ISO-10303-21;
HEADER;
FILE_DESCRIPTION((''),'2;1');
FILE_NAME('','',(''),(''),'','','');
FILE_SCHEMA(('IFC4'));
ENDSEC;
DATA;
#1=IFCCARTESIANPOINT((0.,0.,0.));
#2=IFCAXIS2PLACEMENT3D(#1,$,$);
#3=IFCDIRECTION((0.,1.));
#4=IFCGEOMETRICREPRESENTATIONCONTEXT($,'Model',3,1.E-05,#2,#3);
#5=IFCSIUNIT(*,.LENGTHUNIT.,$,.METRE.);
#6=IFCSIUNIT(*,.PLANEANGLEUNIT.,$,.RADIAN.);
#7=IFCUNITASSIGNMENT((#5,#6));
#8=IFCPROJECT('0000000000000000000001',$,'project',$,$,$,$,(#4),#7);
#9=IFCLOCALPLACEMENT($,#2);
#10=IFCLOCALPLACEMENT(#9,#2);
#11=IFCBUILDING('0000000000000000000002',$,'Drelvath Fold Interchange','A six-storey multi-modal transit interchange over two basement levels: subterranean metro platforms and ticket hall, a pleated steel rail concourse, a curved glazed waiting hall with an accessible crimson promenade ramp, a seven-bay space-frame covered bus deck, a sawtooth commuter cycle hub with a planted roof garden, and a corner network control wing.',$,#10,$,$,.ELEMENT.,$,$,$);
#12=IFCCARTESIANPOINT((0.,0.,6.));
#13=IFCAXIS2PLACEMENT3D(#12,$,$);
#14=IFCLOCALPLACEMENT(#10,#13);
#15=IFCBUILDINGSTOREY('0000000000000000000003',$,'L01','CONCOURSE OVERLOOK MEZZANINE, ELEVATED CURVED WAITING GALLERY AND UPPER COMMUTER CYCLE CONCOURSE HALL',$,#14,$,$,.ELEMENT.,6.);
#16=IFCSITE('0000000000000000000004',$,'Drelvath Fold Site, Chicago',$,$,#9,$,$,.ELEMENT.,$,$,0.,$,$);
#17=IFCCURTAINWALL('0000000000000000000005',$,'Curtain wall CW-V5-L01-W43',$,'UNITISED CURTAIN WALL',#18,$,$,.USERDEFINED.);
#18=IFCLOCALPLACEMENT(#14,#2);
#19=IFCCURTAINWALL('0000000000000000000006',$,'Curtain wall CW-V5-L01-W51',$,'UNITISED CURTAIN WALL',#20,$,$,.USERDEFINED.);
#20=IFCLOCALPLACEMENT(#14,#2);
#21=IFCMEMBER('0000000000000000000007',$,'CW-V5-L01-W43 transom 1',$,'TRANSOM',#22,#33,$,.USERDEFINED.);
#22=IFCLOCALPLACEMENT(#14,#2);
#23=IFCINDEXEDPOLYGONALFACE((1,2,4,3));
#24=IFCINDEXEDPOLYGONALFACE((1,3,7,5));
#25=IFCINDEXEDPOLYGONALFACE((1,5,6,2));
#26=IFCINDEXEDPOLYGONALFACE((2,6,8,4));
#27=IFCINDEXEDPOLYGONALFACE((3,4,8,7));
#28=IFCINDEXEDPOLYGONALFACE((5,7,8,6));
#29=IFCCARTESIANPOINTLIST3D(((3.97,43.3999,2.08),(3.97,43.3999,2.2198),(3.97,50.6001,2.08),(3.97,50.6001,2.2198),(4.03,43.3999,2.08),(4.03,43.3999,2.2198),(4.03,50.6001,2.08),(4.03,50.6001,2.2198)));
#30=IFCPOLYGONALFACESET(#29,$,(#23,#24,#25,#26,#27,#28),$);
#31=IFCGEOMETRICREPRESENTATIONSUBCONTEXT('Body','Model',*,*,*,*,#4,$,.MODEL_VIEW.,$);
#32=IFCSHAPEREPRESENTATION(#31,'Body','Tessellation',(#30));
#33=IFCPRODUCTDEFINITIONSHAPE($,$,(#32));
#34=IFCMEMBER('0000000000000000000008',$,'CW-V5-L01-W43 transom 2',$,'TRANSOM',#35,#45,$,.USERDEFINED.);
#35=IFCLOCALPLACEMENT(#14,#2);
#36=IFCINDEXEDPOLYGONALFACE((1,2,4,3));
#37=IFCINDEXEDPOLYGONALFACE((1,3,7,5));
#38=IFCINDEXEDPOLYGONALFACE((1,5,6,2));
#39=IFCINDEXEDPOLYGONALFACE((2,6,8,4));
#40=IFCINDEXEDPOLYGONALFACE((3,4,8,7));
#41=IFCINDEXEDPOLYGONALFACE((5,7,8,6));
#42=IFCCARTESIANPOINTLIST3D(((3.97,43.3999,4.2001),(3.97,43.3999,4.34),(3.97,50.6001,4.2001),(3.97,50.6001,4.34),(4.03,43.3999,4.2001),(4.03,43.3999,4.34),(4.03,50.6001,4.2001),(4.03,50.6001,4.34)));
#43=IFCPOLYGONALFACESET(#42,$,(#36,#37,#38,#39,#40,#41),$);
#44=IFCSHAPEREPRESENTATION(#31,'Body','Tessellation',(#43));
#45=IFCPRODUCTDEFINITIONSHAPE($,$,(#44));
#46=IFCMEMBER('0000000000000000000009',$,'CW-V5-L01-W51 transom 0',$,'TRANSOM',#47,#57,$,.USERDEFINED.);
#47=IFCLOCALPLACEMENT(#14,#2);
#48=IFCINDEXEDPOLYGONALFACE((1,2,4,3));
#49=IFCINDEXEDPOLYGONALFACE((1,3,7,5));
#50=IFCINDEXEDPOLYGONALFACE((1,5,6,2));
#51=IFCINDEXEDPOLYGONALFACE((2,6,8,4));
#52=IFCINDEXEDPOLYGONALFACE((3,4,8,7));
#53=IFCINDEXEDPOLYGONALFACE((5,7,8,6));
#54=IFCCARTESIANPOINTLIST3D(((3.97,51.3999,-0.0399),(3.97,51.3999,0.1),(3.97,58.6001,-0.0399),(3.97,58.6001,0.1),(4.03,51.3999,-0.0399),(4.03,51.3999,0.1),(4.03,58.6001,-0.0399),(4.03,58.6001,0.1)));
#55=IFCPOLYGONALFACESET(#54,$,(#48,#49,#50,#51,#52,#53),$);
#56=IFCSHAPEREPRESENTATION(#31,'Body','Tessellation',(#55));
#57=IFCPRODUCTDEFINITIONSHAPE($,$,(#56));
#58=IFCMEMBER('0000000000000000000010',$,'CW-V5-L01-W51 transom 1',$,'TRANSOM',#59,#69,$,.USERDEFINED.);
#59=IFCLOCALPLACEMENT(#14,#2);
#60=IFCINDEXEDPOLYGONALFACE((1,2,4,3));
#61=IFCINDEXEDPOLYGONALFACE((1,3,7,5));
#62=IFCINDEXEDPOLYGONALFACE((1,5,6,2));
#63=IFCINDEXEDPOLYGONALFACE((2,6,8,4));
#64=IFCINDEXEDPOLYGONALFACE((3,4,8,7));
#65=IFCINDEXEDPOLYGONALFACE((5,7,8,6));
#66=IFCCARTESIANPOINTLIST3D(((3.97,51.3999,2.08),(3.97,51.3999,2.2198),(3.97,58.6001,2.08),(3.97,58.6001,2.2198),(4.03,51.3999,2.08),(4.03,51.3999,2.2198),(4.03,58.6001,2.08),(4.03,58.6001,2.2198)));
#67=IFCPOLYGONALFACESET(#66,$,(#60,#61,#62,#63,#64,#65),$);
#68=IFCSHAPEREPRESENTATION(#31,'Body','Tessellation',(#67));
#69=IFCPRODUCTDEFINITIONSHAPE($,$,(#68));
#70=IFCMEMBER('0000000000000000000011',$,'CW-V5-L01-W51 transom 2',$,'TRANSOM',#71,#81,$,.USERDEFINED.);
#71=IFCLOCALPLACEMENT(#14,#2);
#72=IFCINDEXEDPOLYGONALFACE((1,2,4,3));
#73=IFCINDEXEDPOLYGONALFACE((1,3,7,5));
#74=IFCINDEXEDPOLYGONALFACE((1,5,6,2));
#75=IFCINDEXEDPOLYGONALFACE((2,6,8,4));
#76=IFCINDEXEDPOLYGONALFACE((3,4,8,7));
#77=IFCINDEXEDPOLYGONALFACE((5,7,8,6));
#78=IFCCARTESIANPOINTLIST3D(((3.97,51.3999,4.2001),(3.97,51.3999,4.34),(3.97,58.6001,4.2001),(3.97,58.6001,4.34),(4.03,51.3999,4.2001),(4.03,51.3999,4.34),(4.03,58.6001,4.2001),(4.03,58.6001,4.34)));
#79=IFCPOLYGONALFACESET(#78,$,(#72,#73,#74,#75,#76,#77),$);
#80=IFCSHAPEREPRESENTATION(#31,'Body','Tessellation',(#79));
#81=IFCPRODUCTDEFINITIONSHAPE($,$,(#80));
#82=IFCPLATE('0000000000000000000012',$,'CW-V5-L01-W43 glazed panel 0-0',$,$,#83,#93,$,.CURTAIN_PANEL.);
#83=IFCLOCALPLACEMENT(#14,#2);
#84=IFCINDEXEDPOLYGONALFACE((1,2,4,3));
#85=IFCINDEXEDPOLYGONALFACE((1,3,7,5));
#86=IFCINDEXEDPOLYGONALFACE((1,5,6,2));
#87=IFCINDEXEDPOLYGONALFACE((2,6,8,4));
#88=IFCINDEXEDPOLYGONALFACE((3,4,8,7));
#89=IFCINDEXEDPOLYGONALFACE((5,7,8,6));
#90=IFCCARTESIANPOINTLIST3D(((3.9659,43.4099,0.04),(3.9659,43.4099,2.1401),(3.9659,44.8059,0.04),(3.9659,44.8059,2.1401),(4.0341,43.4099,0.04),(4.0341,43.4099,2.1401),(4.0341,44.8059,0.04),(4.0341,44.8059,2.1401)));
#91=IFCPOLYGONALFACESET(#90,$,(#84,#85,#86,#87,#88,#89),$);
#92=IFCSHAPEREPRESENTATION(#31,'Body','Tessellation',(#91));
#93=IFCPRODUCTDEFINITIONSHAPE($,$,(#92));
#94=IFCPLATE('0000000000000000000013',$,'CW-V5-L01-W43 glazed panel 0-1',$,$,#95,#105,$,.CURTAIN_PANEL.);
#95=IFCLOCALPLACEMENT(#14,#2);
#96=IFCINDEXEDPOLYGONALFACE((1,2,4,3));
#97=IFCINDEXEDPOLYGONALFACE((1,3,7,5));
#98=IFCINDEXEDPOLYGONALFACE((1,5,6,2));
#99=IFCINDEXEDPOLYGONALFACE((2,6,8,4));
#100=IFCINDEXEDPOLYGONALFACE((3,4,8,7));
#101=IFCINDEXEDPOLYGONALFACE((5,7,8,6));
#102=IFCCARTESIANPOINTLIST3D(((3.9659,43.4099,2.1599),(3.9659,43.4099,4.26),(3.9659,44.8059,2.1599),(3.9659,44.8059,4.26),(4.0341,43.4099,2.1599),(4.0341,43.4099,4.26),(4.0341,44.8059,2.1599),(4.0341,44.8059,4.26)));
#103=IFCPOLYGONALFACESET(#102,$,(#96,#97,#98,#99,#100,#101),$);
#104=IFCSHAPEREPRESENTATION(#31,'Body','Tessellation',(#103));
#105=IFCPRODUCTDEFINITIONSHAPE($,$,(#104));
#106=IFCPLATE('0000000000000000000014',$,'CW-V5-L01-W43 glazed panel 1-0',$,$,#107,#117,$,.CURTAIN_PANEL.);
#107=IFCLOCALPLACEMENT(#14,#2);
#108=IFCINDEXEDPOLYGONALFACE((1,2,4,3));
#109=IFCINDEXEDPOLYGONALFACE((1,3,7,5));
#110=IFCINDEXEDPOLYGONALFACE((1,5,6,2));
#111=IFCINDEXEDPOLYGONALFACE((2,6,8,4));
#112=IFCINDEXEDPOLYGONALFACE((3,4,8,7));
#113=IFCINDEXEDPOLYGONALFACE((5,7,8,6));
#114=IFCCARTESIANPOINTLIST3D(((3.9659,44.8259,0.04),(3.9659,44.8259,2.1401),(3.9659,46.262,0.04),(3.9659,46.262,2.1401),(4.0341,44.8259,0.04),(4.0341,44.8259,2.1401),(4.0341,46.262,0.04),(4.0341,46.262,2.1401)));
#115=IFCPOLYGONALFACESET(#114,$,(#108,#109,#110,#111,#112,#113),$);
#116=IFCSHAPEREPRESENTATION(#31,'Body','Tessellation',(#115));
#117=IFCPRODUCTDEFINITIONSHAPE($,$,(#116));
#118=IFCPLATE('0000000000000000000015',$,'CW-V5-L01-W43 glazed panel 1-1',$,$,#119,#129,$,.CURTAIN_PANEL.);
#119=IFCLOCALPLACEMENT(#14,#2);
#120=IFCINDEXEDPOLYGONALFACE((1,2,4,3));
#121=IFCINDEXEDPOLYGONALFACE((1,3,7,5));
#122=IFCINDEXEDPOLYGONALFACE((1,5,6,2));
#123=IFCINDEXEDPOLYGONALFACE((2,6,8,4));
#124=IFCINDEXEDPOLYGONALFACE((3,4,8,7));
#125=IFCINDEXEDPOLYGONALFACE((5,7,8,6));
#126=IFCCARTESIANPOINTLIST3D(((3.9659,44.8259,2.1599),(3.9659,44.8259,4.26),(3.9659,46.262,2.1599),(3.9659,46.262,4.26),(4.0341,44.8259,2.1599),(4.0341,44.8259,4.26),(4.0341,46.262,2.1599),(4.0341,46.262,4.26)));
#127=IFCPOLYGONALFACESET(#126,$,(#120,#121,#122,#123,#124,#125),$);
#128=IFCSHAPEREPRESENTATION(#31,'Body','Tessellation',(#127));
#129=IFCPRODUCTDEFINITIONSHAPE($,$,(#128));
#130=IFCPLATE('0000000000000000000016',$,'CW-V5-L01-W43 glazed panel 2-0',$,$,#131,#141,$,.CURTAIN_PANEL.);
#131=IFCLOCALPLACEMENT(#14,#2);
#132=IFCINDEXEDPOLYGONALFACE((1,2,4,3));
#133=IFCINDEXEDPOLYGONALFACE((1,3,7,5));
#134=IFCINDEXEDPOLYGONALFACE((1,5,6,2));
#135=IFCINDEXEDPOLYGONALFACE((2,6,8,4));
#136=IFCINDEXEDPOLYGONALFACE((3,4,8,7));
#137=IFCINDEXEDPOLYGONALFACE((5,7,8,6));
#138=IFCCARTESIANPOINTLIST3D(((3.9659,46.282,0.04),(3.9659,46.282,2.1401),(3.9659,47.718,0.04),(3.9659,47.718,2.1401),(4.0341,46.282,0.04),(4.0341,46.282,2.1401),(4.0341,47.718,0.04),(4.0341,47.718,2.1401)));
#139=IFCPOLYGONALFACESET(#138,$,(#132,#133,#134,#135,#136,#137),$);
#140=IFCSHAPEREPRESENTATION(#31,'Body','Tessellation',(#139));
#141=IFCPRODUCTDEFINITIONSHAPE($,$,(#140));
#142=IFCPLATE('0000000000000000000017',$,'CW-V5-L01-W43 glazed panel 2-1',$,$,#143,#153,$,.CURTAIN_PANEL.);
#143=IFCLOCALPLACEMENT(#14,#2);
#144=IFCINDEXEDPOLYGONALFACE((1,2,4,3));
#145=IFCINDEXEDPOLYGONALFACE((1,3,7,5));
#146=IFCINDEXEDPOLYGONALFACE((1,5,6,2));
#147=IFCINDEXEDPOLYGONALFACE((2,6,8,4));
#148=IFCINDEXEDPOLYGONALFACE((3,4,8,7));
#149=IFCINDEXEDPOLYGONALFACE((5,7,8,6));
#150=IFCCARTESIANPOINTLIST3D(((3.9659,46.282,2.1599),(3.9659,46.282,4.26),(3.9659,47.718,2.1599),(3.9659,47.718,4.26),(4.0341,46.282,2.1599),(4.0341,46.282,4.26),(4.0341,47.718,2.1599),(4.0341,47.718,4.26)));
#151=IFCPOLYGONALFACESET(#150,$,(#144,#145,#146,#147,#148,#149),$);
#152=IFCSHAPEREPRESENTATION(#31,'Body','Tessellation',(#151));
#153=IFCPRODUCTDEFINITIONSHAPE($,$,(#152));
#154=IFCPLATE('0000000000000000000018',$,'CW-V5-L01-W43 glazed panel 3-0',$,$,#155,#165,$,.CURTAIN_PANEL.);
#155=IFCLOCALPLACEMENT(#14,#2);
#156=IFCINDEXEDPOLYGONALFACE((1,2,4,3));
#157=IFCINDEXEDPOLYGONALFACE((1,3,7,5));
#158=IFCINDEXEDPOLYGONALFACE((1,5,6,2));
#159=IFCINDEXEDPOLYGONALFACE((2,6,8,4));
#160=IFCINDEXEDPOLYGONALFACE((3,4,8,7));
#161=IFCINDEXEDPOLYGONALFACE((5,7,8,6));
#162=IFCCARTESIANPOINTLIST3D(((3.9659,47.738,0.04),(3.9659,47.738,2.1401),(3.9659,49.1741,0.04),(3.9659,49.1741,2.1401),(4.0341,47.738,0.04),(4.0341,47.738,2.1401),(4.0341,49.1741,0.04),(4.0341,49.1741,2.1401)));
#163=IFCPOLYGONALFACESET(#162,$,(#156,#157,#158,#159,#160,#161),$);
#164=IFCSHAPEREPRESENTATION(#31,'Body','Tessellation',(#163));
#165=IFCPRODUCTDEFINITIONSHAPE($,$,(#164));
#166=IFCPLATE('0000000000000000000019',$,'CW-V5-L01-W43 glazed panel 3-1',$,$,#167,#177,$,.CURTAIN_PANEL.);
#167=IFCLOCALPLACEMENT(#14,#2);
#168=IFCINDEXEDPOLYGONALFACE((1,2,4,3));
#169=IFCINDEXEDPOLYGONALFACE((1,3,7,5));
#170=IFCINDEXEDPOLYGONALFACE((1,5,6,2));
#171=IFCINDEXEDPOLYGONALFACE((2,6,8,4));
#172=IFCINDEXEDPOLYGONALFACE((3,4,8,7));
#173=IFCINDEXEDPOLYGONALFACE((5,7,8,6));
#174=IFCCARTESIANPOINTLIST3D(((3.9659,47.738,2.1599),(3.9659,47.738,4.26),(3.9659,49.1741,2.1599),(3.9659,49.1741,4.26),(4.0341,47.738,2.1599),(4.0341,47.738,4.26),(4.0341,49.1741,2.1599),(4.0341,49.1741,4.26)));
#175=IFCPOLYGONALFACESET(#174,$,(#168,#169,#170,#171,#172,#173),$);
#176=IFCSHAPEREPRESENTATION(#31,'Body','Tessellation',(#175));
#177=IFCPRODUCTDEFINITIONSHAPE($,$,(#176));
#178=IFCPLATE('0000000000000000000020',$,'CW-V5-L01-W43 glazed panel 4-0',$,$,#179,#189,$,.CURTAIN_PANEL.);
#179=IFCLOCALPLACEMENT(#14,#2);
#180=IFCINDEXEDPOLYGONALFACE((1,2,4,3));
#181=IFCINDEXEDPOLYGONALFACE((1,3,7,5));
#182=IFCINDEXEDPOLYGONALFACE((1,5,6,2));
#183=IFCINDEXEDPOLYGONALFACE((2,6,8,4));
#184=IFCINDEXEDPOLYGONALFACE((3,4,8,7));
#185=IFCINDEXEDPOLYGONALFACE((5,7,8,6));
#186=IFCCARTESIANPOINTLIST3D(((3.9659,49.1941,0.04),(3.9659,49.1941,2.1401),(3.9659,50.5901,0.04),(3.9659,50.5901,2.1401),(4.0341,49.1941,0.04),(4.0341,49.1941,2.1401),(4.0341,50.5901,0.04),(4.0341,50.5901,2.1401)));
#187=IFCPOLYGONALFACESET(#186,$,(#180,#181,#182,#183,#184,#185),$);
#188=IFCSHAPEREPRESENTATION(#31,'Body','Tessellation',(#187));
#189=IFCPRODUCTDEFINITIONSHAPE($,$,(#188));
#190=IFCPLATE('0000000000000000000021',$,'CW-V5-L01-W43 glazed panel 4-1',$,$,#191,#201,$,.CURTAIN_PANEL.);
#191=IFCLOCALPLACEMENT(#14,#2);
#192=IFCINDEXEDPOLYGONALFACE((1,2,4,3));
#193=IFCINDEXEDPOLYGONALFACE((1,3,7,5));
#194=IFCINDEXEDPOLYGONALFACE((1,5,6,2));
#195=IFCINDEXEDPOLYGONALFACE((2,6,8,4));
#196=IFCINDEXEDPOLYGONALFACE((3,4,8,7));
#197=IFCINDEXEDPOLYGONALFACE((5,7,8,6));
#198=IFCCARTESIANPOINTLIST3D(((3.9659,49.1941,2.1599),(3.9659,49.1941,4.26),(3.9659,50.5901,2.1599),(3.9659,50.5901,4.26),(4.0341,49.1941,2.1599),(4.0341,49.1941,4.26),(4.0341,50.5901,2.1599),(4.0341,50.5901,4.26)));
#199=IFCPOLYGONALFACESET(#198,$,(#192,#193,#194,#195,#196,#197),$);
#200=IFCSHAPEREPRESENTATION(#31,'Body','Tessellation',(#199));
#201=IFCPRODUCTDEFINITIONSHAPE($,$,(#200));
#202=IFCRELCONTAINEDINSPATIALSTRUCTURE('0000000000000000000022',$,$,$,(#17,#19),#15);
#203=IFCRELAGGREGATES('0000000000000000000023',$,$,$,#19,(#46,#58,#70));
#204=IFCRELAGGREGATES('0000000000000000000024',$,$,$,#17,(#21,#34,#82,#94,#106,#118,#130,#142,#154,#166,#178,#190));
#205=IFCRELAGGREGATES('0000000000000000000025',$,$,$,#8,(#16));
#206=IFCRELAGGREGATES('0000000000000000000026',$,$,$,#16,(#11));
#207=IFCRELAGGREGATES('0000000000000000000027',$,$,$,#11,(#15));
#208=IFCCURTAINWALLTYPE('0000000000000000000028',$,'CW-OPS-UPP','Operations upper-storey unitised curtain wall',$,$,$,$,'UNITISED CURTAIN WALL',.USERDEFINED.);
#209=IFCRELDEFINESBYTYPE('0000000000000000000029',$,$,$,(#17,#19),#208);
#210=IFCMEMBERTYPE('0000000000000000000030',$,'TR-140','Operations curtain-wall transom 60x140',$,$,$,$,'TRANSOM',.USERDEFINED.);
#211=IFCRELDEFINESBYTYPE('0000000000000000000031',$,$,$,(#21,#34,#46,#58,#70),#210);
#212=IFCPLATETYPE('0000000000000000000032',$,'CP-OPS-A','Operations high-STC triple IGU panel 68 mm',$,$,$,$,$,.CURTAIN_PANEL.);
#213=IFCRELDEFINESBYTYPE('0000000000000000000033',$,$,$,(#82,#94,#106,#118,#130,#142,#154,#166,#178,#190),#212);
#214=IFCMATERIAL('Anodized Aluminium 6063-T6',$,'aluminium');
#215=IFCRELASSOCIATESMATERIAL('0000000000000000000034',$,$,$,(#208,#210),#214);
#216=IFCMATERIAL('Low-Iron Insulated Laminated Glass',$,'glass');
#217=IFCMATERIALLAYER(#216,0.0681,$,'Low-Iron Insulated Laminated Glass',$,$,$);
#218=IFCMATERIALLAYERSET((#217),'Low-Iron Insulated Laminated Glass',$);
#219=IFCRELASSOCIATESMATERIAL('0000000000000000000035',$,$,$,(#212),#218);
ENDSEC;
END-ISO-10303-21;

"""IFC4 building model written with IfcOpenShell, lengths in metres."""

from ifc_helpers import new_model, si_unit, direction, frame, origin, origin_2d, place, context, subcontext, project, spatial, rectangle, extrude, material, layer, layer_set, material_profile, profile_set, type_object, element, aggregate, save


model = new_model("IFC4")

# Units and contexts
model_context = context("Model", 3, precision=1e-05, world=origin(), true_north=direction((0.0, 1.0)))
body_context = subcontext(model_context, "Body", "Model", "MODEL_VIEW")
ifc_project = project(units=[si_unit("LENGTHUNIT", "METRE"), si_unit("PLANEANGLEUNIT", "RADIAN")], contexts=[model_context])

# Site, building, storey
site_placement = place(None, origin())
site = spatial("IfcSite", under=ifc_project, at=site_placement, Name="Drelvath Fold Site, Chicago", CompositionType="ELEMENT", RefElevation=0.0)
building_placement = place(site_placement, origin())
building = spatial("IfcBuilding", under=site, at=building_placement, Name="Drelvath Fold Interchange", Description="A six-storey multi-modal transit interchange over two basement levels: subterranean metro platforms and ticket hall, a pleated steel rail concourse, a curved glazed waiting hall with an accessible crimson promenade ramp, a seven-bay space-frame covered bus deck, a sawtooth commuter cycle hub with a planted roof garden, and a corner network control wing.", CompositionType="ELEMENT")
storey_placement = place(building_placement, frame((0.0, 0.0, 6.0)))
storey = spatial("IfcBuildingStorey", under=building, at=storey_placement, Name="L01", Description="CONCOURSE OVERLOOK MEZZANINE, ELEVATED CURVED WAITING GALLERY AND UPPER COMMUTER CYCLE CONCOURSE HALL", CompositionType="ELEMENT", Elevation=6.0)

# Shared definitions
ifc_material_1 = material(Name="Anodized Aluminium 6063-T6", Category="aluminium")
curtain_wall_type = type_object("IfcCurtainWallType", Name="CW-OPS-UPP", Description="Operations upper-storey unitised curtain wall", ElementType="UNITISED CURTAIN WALL", PredefinedType="USERDEFINED", material=ifc_material_1)

# Curtain wall
curtain_wall_1_placement = place(storey_placement, origin())
curtain_wall_1 = element("IfcCurtainWall", 1, at=curtain_wall_1_placement, inside=storey, type_object=curtain_wall_type, Name="Curtain wall CW-V5-L01-W43", ObjectType="UNITISED CURTAIN WALL", PredefinedType="USERDEFINED")

# Curtain wall
curtain_wall_2_placement = place(storey_placement, origin())
curtain_wall_2 = element("IfcCurtainWall", 2, at=curtain_wall_2_placement, inside=storey, type_object=curtain_wall_type, Name="Curtain wall CW-V5-L01-W51", ObjectType="UNITISED CURTAIN WALL", PredefinedType="USERDEFINED")

# Members
ifc_material_profile_1 = material_profile(ifc_material_1, rectangle(XDim=0.0601, YDim=0.1399, at=origin_2d()), Name="AL-T 60x140")
ifc_profile_set_1 = profile_set([ifc_material_profile_1], Name="Anodized Aluminium 6063-T6")
member_type_1 = type_object("IfcMemberType", Name="TR-140", Description="Operations curtain-wall transom 60x140", ElementType="TRANSOM", PredefinedType="USERDEFINED", material=ifc_profile_set_1)
member_1_placement = place(storey_placement, frame((4.0, 43.3999, 2.1499), z_axis=(0.0, 1.0, 0.0), x_axis=(-1.0, 0.0, 0.0)))
member_1 = element("IfcMember", 3, at=member_1_placement, type_object=member_type_1, Name="CW-V5-L01-W43 transom 1", ObjectType="TRANSOM", PredefinedType="USERDEFINED", context=body_context, shape_type="SweptSolid", body=[
    extrude(rectangle(XDim=0.0601, YDim=0.1399, at=origin_2d()), origin(), (0.0, 0.0, 1.0), 7.2002),
])
member_2_placement = place(storey_placement, frame((4.0, 43.3999, 4.27), z_axis=(0.0, 1.0, 0.0), x_axis=(-1.0, 0.0, 0.0)))
member_2 = element("IfcMember", 4, at=member_2_placement, type_object=member_type_1, Name="CW-V5-L01-W43 transom 2", ObjectType="TRANSOM", PredefinedType="USERDEFINED", context=body_context, shape_type="SweptSolid", body=[
    extrude(rectangle(XDim=0.0601, YDim=0.1399, at=origin_2d()), origin(), (0.0, 0.0, 1.0), 7.2002),
])
member_3_placement = place(storey_placement, frame((4.0, 51.3999, 0.03), z_axis=(0.0, 1.0, 0.0), x_axis=(-1.0, 0.0, 0.0)))
member_3 = element("IfcMember", 5, at=member_3_placement, type_object=member_type_1, Name="CW-V5-L01-W51 transom 0", ObjectType="TRANSOM", PredefinedType="USERDEFINED", context=body_context, shape_type="SweptSolid", body=[
    extrude(rectangle(XDim=0.0601, YDim=0.1399, at=origin_2d()), origin(), (0.0, 0.0, 1.0), 7.2002),
])
member_4_placement = place(storey_placement, frame((4.0, 51.3999, 2.1499), z_axis=(0.0, 1.0, 0.0), x_axis=(-1.0, 0.0, 0.0)))
member_4 = element("IfcMember", 6, at=member_4_placement, type_object=member_type_1, Name="CW-V5-L01-W51 transom 1", ObjectType="TRANSOM", PredefinedType="USERDEFINED", context=body_context, shape_type="SweptSolid", body=[
    extrude(rectangle(XDim=0.0601, YDim=0.1399, at=origin_2d()), origin(), (0.0, 0.0, 1.0), 7.2002),
])
member_5_placement = place(storey_placement, frame((4.0, 51.3999, 4.27), z_axis=(0.0, 1.0, 0.0), x_axis=(-1.0, 0.0, 0.0)))
member_5 = element("IfcMember", 7, at=member_5_placement, type_object=member_type_1, Name="CW-V5-L01-W51 transom 2", ObjectType="TRANSOM", PredefinedType="USERDEFINED", context=body_context, shape_type="SweptSolid", body=[
    extrude(rectangle(XDim=0.0601, YDim=0.1399, at=origin_2d()), origin(), (0.0, 0.0, 1.0), 7.2002),
])
aggregate(curtain_wall_2, [member_3, member_4, member_5])

# Plates
ifc_material_2 = material(Name="Low-Iron Insulated Laminated Glass", Category="glass")
ifc_layer = layer(ifc_material_2, 0.0681, Name="Low-Iron Insulated Laminated Glass")
ifc_layer_set = layer_set([ifc_layer], Name="Low-Iron Insulated Laminated Glass")
plate_type = type_object("IfcPlateType", Name="CP-OPS-A", Description="Operations high-STC triple IGU panel 68 mm", PredefinedType="CURTAIN_PANEL", material=ifc_layer_set)
plate_1_placement = place(storey_placement, frame((4.0, 44.1079, 0.04), z_axis=(0.0, 0.0, 1.0), x_axis=(0.0, 1.0, 0.0)))
plate_1 = element("IfcPlate", 8, at=plate_1_placement, type_object=plate_type, Name="CW-V5-L01-W43 glazed panel 0-0", PredefinedType="CURTAIN_PANEL", context=body_context, shape_type="SweptSolid", body=[
    extrude(rectangle(XDim=1.396, YDim=0.0681, at=origin_2d()), origin(), (0.0, 0.0, 1.0), 2.1001),
])
plate_2_placement = place(storey_placement, frame((4.0, 44.1079, 2.1599), z_axis=(0.0, 0.0, 1.0), x_axis=(0.0, 1.0, 0.0)))
plate_2 = element("IfcPlate", 9, at=plate_2_placement, type_object=plate_type, Name="CW-V5-L01-W43 glazed panel 0-1", PredefinedType="CURTAIN_PANEL", context=body_context, shape_type="SweptSolid", body=[
    extrude(rectangle(XDim=1.396, YDim=0.0681, at=origin_2d()), origin(), (0.0, 0.0, 1.0), 2.1001),
])
plate_3_placement = place(storey_placement, frame((4.0, 45.5439, 0.04), z_axis=(0.0, 0.0, 1.0), x_axis=(0.0, 1.0, 0.0)))
plate_3 = element("IfcPlate", 10, at=plate_3_placement, type_object=plate_type, Name="CW-V5-L01-W43 glazed panel 1-0", PredefinedType="CURTAIN_PANEL", context=body_context, shape_type="SweptSolid", body=[
    extrude(rectangle(XDim=1.436, YDim=0.0681, at=origin_2d()), origin(), (0.0, 0.0, 1.0), 2.1001),
])
plate_4_placement = place(storey_placement, frame((4.0, 45.5439, 2.1599), z_axis=(0.0, 0.0, 1.0), x_axis=(0.0, 1.0, 0.0)))
plate_4 = element("IfcPlate", 11, at=plate_4_placement, type_object=plate_type, Name="CW-V5-L01-W43 glazed panel 1-1", PredefinedType="CURTAIN_PANEL", context=body_context, shape_type="SweptSolid", body=[
    extrude(rectangle(XDim=1.436, YDim=0.0681, at=origin_2d()), origin(), (0.0, 0.0, 1.0), 2.1001),
])
plate_5_placement = place(storey_placement, frame((4.0, 47.0, 0.04), z_axis=(0.0, 0.0, 1.0), x_axis=(0.0, 1.0, 0.0)))
plate_5 = element("IfcPlate", 12, at=plate_5_placement, type_object=plate_type, Name="CW-V5-L01-W43 glazed panel 2-0", PredefinedType="CURTAIN_PANEL", context=body_context, shape_type="SweptSolid", body=[
    extrude(rectangle(XDim=1.436, YDim=0.0681, at=origin_2d()), origin(), (0.0, 0.0, 1.0), 2.1001),
])
plate_6_placement = place(storey_placement, frame((4.0, 47.0, 2.1599), z_axis=(0.0, 0.0, 1.0), x_axis=(0.0, 1.0, 0.0)))
plate_6 = element("IfcPlate", 13, at=plate_6_placement, type_object=plate_type, Name="CW-V5-L01-W43 glazed panel 2-1", PredefinedType="CURTAIN_PANEL", context=body_context, shape_type="SweptSolid", body=[
    extrude(rectangle(XDim=1.436, YDim=0.0681, at=origin_2d()), origin(), (0.0, 0.0, 1.0), 2.1001),
])
plate_7_placement = place(storey_placement, frame((4.0, 48.4561, 0.04), z_axis=(0.0, 0.0, 1.0), x_axis=(0.0, 1.0, 0.0)))
plate_7 = element("IfcPlate", 14, at=plate_7_placement, type_object=plate_type, Name="CW-V5-L01-W43 glazed panel 3-0", PredefinedType="CURTAIN_PANEL", context=body_context, shape_type="SweptSolid", body=[
    extrude(rectangle(XDim=1.436, YDim=0.0681, at=origin_2d()), origin(), (0.0, 0.0, 1.0), 2.1001),
])
plate_8_placement = place(storey_placement, frame((4.0, 48.4561, 2.1599), z_axis=(0.0, 0.0, 1.0), x_axis=(0.0, 1.0, 0.0)))
plate_8 = element("IfcPlate", 15, at=plate_8_placement, type_object=plate_type, Name="CW-V5-L01-W43 glazed panel 3-1", PredefinedType="CURTAIN_PANEL", context=body_context, shape_type="SweptSolid", body=[
    extrude(rectangle(XDim=1.436, YDim=0.0681, at=origin_2d()), origin(), (0.0, 0.0, 1.0), 2.1001),
])
plate_9_placement = place(storey_placement, frame((4.0, 49.8921, 0.04), z_axis=(0.0, 0.0, 1.0), x_axis=(0.0, 1.0, 0.0)))
plate_9 = element("IfcPlate", 16, at=plate_9_placement, type_object=plate_type, Name="CW-V5-L01-W43 glazed panel 4-0", PredefinedType="CURTAIN_PANEL", context=body_context, shape_type="SweptSolid", body=[
    extrude(rectangle(XDim=1.396, YDim=0.0681, at=origin_2d()), origin(), (0.0, 0.0, 1.0), 2.1001),
])
plate_10_placement = place(storey_placement, frame((4.0, 49.8921, 2.1599), z_axis=(0.0, 0.0, 1.0), x_axis=(0.0, 1.0, 0.0)))
plate_10 = element("IfcPlate", 17, at=plate_10_placement, type_object=plate_type, Name="CW-V5-L01-W43 glazed panel 4-1", PredefinedType="CURTAIN_PANEL", context=body_context, shape_type="SweptSolid", body=[
    extrude(rectangle(XDim=1.396, YDim=0.0681, at=origin_2d()), origin(), (0.0, 0.0, 1.0), 2.1001),
])
aggregate(curtain_wall_1, [member_1, member_2, plate_1, plate_2, plate_3, plate_4, plate_5, plate_6, plate_7, plate_8, plate_9, plate_10])

save(model, "model.ifc")
